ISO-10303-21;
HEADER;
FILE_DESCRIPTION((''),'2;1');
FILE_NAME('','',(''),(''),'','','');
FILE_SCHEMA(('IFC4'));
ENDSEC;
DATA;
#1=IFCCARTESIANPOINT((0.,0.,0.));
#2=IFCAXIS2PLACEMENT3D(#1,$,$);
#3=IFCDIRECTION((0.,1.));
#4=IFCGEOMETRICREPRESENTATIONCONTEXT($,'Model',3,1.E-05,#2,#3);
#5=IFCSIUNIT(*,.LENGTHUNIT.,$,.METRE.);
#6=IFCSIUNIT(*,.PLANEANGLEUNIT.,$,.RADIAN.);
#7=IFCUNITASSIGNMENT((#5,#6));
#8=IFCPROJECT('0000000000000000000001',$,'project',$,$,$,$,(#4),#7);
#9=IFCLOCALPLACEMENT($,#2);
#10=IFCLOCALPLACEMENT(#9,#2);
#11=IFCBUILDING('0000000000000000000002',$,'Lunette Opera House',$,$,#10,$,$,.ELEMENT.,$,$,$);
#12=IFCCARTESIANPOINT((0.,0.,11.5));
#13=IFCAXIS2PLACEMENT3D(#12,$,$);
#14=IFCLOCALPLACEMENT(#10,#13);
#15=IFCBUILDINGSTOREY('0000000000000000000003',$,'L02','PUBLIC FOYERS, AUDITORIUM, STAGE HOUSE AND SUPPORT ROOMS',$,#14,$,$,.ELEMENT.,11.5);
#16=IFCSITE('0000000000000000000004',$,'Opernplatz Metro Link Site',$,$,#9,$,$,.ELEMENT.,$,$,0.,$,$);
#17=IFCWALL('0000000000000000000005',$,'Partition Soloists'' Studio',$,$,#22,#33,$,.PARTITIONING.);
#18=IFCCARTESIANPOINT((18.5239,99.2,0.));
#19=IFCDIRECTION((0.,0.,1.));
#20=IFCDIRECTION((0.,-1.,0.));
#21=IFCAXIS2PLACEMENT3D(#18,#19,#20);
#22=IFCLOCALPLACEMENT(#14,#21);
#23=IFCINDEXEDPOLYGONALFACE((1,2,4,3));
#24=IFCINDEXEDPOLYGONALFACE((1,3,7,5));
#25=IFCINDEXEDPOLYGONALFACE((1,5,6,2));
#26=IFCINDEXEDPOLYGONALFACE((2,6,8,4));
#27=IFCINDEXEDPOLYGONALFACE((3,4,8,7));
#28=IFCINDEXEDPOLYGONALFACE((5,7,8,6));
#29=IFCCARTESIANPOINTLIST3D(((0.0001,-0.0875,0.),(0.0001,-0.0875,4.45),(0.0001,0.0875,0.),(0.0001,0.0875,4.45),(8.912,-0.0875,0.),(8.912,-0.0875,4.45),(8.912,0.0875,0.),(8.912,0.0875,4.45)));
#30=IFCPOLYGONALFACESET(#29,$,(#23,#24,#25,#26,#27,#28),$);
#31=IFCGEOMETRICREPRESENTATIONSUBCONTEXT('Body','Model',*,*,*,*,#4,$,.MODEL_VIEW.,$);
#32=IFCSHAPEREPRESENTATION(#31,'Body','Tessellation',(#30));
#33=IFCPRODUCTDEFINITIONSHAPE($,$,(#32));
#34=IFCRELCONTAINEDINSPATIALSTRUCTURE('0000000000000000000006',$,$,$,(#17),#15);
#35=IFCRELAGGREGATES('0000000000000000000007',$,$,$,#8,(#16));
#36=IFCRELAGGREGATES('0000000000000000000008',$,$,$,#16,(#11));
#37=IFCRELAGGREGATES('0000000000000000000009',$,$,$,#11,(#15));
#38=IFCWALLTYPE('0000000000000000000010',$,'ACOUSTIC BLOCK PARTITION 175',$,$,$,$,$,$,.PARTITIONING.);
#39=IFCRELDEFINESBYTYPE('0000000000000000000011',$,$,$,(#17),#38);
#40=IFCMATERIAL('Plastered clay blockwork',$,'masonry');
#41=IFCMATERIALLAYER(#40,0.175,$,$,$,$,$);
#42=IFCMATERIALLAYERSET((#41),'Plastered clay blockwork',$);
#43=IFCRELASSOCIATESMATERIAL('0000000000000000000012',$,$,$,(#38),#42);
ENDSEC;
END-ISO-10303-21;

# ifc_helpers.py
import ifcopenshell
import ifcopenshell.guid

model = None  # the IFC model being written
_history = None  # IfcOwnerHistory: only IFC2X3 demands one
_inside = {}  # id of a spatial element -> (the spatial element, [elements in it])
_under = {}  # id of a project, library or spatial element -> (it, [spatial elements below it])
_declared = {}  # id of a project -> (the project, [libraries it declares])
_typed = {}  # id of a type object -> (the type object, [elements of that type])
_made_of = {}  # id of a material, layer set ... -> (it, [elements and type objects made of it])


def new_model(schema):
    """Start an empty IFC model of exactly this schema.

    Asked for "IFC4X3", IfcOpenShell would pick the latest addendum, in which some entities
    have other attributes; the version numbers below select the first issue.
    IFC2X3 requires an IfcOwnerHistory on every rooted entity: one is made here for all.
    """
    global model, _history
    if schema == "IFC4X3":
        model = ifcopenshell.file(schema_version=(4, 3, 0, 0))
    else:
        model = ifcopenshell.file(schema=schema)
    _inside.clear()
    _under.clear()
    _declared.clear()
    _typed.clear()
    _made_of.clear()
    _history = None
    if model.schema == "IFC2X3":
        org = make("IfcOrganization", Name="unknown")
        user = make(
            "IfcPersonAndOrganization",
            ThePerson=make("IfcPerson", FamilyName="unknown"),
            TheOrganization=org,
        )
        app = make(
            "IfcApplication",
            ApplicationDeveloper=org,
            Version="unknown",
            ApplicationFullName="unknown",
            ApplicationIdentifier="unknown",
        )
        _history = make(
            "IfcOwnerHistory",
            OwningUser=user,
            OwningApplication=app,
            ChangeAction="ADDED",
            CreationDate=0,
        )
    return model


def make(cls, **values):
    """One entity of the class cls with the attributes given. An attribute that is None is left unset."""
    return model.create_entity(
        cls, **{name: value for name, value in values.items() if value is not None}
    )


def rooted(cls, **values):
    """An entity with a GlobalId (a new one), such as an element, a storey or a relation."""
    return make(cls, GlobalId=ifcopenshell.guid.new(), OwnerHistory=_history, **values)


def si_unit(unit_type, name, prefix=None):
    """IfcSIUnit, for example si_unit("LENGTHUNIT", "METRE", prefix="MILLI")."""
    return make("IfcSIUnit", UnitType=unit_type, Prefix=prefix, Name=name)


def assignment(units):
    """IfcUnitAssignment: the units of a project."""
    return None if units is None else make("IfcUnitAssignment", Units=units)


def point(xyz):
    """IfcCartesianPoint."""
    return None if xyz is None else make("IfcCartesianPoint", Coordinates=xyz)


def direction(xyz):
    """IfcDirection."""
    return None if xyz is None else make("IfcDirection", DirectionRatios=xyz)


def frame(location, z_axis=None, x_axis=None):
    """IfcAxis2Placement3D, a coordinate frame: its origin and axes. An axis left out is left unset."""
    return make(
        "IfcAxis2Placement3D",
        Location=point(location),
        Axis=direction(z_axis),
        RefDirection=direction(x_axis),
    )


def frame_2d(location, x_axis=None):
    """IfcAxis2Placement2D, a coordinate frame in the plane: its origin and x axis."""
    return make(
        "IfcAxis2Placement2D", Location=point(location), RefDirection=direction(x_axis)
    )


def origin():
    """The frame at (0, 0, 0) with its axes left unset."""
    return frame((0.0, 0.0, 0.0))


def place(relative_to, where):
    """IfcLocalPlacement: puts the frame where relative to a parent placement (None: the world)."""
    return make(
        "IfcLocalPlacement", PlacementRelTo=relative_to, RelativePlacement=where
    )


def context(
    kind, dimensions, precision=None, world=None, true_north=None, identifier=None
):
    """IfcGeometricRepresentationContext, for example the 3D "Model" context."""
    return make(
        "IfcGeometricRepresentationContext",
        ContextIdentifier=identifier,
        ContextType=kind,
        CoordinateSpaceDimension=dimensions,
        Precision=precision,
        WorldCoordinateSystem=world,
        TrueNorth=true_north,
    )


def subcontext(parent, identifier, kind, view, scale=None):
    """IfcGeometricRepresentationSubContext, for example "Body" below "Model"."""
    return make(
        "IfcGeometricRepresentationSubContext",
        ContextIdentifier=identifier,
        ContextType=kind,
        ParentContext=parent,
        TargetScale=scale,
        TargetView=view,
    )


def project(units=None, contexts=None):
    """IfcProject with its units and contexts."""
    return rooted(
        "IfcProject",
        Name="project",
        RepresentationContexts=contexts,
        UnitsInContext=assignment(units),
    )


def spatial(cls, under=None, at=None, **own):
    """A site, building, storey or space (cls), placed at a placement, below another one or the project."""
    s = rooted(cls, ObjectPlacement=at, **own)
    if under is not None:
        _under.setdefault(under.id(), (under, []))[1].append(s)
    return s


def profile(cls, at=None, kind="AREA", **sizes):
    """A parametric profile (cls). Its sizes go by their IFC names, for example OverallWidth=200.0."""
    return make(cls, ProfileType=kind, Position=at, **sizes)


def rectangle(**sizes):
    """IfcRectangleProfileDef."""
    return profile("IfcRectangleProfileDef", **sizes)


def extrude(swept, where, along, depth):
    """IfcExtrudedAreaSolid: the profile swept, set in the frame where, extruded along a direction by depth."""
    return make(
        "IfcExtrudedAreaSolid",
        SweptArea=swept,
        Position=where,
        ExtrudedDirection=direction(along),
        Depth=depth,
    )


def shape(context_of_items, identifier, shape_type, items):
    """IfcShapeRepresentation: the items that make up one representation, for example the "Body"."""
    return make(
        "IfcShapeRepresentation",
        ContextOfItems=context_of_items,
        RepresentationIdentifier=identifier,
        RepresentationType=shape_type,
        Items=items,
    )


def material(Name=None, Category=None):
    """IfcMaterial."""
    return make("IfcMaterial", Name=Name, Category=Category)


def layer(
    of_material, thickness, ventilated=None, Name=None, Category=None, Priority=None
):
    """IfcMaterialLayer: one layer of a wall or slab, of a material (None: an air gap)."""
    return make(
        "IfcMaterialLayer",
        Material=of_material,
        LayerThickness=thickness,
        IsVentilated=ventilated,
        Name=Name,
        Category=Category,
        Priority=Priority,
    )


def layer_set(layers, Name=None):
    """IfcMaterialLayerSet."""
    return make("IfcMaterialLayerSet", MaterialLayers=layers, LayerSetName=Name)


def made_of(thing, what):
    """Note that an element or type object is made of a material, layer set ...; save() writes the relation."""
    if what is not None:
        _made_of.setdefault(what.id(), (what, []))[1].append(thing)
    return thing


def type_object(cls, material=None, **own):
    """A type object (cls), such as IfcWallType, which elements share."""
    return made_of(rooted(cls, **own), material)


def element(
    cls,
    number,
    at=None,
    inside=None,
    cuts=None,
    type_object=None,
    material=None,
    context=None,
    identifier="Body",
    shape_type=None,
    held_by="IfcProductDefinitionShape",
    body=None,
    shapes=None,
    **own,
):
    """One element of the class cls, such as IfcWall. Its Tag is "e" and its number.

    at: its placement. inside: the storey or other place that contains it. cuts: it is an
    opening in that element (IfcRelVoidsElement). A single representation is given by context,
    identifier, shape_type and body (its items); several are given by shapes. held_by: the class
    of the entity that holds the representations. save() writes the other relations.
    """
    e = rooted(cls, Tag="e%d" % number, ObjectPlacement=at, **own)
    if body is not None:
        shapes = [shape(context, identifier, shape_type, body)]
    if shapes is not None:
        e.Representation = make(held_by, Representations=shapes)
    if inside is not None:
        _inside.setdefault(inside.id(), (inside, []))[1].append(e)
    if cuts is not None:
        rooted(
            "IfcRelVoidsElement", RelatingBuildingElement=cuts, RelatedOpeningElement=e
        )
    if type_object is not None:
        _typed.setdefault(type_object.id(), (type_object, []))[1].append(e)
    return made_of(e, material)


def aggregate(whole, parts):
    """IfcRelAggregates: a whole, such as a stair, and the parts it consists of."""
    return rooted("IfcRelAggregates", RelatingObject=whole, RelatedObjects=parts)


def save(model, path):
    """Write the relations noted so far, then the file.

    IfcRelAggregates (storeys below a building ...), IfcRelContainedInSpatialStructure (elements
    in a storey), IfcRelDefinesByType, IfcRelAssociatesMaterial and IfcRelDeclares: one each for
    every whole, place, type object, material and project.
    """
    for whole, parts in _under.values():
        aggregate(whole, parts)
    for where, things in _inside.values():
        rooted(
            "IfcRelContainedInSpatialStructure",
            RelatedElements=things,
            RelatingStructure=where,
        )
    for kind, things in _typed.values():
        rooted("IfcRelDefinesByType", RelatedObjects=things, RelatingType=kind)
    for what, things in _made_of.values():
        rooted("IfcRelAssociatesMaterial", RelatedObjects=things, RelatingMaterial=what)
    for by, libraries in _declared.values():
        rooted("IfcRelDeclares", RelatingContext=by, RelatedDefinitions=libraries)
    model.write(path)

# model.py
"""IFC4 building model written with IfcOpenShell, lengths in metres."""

from ifc_helpers import new_model, si_unit, direction, frame, frame_2d, origin, place, context, subcontext, project, spatial, rectangle, extrude, material, layer, layer_set, type_object, element, save


model = new_model("IFC4")

# Units and contexts
model_context = context("Model", 3, precision=1e-05, world=origin(), true_north=direction((0.0, 1.0)))
body_context = subcontext(model_context, "Body", "Model", "MODEL_VIEW")
ifc_project = project(units=[si_unit("LENGTHUNIT", "METRE"), si_unit("PLANEANGLEUNIT", "RADIAN")], contexts=[model_context])

# Site, building, storey
site_placement = place(None, origin())
site = spatial("IfcSite", under=ifc_project, at=site_placement, Name="Opernplatz Metro Link Site", CompositionType="ELEMENT", RefElevation=0.0)
building_placement = place(site_placement, origin())
building = spatial("IfcBuilding", under=site, at=building_placement, Name="Lunette Opera House", CompositionType="ELEMENT")
storey_placement = place(building_placement, frame((0.0, 0.0, 11.5)))
storey = spatial("IfcBuildingStorey", under=building, at=storey_placement, Name="L02", Description="PUBLIC FOYERS, AUDITORIUM, STAGE HOUSE AND SUPPORT ROOMS", CompositionType="ELEMENT", Elevation=11.5)

# Wall
ifc_material_1 = material(Name="Plastered clay blockwork", Category="masonry")
ifc_layer_1 = layer(ifc_material_1, 0.175)
ifc_layer_set_1 = layer_set([ifc_layer_1], Name="Plastered clay blockwork")
wall_type_1 = type_object("IfcWallType", Name="ACOUSTIC BLOCK PARTITION 175", PredefinedType="PARTITIONING", material=ifc_layer_set_1)
wall_1_placement = place(storey_placement, frame((18.5239, 99.2, 0.0), z_axis=(0.0, 0.0, 1.0), x_axis=(0.0, -1.0, 0.0)))
element("IfcWall", 1, at=wall_1_placement, inside=storey, type_object=wall_type_1, Name="Partition Soloists' Studio", PredefinedType="PARTITIONING", context=body_context, shape_type="SweptSolid", body=[
    extrude(rectangle(XDim=8.9119, YDim=0.175, at=frame_2d((4.4561, 0.0))), origin(), (0.0, 0.0, 1.0), 4.45),
])

save(model, "model.ifc")
